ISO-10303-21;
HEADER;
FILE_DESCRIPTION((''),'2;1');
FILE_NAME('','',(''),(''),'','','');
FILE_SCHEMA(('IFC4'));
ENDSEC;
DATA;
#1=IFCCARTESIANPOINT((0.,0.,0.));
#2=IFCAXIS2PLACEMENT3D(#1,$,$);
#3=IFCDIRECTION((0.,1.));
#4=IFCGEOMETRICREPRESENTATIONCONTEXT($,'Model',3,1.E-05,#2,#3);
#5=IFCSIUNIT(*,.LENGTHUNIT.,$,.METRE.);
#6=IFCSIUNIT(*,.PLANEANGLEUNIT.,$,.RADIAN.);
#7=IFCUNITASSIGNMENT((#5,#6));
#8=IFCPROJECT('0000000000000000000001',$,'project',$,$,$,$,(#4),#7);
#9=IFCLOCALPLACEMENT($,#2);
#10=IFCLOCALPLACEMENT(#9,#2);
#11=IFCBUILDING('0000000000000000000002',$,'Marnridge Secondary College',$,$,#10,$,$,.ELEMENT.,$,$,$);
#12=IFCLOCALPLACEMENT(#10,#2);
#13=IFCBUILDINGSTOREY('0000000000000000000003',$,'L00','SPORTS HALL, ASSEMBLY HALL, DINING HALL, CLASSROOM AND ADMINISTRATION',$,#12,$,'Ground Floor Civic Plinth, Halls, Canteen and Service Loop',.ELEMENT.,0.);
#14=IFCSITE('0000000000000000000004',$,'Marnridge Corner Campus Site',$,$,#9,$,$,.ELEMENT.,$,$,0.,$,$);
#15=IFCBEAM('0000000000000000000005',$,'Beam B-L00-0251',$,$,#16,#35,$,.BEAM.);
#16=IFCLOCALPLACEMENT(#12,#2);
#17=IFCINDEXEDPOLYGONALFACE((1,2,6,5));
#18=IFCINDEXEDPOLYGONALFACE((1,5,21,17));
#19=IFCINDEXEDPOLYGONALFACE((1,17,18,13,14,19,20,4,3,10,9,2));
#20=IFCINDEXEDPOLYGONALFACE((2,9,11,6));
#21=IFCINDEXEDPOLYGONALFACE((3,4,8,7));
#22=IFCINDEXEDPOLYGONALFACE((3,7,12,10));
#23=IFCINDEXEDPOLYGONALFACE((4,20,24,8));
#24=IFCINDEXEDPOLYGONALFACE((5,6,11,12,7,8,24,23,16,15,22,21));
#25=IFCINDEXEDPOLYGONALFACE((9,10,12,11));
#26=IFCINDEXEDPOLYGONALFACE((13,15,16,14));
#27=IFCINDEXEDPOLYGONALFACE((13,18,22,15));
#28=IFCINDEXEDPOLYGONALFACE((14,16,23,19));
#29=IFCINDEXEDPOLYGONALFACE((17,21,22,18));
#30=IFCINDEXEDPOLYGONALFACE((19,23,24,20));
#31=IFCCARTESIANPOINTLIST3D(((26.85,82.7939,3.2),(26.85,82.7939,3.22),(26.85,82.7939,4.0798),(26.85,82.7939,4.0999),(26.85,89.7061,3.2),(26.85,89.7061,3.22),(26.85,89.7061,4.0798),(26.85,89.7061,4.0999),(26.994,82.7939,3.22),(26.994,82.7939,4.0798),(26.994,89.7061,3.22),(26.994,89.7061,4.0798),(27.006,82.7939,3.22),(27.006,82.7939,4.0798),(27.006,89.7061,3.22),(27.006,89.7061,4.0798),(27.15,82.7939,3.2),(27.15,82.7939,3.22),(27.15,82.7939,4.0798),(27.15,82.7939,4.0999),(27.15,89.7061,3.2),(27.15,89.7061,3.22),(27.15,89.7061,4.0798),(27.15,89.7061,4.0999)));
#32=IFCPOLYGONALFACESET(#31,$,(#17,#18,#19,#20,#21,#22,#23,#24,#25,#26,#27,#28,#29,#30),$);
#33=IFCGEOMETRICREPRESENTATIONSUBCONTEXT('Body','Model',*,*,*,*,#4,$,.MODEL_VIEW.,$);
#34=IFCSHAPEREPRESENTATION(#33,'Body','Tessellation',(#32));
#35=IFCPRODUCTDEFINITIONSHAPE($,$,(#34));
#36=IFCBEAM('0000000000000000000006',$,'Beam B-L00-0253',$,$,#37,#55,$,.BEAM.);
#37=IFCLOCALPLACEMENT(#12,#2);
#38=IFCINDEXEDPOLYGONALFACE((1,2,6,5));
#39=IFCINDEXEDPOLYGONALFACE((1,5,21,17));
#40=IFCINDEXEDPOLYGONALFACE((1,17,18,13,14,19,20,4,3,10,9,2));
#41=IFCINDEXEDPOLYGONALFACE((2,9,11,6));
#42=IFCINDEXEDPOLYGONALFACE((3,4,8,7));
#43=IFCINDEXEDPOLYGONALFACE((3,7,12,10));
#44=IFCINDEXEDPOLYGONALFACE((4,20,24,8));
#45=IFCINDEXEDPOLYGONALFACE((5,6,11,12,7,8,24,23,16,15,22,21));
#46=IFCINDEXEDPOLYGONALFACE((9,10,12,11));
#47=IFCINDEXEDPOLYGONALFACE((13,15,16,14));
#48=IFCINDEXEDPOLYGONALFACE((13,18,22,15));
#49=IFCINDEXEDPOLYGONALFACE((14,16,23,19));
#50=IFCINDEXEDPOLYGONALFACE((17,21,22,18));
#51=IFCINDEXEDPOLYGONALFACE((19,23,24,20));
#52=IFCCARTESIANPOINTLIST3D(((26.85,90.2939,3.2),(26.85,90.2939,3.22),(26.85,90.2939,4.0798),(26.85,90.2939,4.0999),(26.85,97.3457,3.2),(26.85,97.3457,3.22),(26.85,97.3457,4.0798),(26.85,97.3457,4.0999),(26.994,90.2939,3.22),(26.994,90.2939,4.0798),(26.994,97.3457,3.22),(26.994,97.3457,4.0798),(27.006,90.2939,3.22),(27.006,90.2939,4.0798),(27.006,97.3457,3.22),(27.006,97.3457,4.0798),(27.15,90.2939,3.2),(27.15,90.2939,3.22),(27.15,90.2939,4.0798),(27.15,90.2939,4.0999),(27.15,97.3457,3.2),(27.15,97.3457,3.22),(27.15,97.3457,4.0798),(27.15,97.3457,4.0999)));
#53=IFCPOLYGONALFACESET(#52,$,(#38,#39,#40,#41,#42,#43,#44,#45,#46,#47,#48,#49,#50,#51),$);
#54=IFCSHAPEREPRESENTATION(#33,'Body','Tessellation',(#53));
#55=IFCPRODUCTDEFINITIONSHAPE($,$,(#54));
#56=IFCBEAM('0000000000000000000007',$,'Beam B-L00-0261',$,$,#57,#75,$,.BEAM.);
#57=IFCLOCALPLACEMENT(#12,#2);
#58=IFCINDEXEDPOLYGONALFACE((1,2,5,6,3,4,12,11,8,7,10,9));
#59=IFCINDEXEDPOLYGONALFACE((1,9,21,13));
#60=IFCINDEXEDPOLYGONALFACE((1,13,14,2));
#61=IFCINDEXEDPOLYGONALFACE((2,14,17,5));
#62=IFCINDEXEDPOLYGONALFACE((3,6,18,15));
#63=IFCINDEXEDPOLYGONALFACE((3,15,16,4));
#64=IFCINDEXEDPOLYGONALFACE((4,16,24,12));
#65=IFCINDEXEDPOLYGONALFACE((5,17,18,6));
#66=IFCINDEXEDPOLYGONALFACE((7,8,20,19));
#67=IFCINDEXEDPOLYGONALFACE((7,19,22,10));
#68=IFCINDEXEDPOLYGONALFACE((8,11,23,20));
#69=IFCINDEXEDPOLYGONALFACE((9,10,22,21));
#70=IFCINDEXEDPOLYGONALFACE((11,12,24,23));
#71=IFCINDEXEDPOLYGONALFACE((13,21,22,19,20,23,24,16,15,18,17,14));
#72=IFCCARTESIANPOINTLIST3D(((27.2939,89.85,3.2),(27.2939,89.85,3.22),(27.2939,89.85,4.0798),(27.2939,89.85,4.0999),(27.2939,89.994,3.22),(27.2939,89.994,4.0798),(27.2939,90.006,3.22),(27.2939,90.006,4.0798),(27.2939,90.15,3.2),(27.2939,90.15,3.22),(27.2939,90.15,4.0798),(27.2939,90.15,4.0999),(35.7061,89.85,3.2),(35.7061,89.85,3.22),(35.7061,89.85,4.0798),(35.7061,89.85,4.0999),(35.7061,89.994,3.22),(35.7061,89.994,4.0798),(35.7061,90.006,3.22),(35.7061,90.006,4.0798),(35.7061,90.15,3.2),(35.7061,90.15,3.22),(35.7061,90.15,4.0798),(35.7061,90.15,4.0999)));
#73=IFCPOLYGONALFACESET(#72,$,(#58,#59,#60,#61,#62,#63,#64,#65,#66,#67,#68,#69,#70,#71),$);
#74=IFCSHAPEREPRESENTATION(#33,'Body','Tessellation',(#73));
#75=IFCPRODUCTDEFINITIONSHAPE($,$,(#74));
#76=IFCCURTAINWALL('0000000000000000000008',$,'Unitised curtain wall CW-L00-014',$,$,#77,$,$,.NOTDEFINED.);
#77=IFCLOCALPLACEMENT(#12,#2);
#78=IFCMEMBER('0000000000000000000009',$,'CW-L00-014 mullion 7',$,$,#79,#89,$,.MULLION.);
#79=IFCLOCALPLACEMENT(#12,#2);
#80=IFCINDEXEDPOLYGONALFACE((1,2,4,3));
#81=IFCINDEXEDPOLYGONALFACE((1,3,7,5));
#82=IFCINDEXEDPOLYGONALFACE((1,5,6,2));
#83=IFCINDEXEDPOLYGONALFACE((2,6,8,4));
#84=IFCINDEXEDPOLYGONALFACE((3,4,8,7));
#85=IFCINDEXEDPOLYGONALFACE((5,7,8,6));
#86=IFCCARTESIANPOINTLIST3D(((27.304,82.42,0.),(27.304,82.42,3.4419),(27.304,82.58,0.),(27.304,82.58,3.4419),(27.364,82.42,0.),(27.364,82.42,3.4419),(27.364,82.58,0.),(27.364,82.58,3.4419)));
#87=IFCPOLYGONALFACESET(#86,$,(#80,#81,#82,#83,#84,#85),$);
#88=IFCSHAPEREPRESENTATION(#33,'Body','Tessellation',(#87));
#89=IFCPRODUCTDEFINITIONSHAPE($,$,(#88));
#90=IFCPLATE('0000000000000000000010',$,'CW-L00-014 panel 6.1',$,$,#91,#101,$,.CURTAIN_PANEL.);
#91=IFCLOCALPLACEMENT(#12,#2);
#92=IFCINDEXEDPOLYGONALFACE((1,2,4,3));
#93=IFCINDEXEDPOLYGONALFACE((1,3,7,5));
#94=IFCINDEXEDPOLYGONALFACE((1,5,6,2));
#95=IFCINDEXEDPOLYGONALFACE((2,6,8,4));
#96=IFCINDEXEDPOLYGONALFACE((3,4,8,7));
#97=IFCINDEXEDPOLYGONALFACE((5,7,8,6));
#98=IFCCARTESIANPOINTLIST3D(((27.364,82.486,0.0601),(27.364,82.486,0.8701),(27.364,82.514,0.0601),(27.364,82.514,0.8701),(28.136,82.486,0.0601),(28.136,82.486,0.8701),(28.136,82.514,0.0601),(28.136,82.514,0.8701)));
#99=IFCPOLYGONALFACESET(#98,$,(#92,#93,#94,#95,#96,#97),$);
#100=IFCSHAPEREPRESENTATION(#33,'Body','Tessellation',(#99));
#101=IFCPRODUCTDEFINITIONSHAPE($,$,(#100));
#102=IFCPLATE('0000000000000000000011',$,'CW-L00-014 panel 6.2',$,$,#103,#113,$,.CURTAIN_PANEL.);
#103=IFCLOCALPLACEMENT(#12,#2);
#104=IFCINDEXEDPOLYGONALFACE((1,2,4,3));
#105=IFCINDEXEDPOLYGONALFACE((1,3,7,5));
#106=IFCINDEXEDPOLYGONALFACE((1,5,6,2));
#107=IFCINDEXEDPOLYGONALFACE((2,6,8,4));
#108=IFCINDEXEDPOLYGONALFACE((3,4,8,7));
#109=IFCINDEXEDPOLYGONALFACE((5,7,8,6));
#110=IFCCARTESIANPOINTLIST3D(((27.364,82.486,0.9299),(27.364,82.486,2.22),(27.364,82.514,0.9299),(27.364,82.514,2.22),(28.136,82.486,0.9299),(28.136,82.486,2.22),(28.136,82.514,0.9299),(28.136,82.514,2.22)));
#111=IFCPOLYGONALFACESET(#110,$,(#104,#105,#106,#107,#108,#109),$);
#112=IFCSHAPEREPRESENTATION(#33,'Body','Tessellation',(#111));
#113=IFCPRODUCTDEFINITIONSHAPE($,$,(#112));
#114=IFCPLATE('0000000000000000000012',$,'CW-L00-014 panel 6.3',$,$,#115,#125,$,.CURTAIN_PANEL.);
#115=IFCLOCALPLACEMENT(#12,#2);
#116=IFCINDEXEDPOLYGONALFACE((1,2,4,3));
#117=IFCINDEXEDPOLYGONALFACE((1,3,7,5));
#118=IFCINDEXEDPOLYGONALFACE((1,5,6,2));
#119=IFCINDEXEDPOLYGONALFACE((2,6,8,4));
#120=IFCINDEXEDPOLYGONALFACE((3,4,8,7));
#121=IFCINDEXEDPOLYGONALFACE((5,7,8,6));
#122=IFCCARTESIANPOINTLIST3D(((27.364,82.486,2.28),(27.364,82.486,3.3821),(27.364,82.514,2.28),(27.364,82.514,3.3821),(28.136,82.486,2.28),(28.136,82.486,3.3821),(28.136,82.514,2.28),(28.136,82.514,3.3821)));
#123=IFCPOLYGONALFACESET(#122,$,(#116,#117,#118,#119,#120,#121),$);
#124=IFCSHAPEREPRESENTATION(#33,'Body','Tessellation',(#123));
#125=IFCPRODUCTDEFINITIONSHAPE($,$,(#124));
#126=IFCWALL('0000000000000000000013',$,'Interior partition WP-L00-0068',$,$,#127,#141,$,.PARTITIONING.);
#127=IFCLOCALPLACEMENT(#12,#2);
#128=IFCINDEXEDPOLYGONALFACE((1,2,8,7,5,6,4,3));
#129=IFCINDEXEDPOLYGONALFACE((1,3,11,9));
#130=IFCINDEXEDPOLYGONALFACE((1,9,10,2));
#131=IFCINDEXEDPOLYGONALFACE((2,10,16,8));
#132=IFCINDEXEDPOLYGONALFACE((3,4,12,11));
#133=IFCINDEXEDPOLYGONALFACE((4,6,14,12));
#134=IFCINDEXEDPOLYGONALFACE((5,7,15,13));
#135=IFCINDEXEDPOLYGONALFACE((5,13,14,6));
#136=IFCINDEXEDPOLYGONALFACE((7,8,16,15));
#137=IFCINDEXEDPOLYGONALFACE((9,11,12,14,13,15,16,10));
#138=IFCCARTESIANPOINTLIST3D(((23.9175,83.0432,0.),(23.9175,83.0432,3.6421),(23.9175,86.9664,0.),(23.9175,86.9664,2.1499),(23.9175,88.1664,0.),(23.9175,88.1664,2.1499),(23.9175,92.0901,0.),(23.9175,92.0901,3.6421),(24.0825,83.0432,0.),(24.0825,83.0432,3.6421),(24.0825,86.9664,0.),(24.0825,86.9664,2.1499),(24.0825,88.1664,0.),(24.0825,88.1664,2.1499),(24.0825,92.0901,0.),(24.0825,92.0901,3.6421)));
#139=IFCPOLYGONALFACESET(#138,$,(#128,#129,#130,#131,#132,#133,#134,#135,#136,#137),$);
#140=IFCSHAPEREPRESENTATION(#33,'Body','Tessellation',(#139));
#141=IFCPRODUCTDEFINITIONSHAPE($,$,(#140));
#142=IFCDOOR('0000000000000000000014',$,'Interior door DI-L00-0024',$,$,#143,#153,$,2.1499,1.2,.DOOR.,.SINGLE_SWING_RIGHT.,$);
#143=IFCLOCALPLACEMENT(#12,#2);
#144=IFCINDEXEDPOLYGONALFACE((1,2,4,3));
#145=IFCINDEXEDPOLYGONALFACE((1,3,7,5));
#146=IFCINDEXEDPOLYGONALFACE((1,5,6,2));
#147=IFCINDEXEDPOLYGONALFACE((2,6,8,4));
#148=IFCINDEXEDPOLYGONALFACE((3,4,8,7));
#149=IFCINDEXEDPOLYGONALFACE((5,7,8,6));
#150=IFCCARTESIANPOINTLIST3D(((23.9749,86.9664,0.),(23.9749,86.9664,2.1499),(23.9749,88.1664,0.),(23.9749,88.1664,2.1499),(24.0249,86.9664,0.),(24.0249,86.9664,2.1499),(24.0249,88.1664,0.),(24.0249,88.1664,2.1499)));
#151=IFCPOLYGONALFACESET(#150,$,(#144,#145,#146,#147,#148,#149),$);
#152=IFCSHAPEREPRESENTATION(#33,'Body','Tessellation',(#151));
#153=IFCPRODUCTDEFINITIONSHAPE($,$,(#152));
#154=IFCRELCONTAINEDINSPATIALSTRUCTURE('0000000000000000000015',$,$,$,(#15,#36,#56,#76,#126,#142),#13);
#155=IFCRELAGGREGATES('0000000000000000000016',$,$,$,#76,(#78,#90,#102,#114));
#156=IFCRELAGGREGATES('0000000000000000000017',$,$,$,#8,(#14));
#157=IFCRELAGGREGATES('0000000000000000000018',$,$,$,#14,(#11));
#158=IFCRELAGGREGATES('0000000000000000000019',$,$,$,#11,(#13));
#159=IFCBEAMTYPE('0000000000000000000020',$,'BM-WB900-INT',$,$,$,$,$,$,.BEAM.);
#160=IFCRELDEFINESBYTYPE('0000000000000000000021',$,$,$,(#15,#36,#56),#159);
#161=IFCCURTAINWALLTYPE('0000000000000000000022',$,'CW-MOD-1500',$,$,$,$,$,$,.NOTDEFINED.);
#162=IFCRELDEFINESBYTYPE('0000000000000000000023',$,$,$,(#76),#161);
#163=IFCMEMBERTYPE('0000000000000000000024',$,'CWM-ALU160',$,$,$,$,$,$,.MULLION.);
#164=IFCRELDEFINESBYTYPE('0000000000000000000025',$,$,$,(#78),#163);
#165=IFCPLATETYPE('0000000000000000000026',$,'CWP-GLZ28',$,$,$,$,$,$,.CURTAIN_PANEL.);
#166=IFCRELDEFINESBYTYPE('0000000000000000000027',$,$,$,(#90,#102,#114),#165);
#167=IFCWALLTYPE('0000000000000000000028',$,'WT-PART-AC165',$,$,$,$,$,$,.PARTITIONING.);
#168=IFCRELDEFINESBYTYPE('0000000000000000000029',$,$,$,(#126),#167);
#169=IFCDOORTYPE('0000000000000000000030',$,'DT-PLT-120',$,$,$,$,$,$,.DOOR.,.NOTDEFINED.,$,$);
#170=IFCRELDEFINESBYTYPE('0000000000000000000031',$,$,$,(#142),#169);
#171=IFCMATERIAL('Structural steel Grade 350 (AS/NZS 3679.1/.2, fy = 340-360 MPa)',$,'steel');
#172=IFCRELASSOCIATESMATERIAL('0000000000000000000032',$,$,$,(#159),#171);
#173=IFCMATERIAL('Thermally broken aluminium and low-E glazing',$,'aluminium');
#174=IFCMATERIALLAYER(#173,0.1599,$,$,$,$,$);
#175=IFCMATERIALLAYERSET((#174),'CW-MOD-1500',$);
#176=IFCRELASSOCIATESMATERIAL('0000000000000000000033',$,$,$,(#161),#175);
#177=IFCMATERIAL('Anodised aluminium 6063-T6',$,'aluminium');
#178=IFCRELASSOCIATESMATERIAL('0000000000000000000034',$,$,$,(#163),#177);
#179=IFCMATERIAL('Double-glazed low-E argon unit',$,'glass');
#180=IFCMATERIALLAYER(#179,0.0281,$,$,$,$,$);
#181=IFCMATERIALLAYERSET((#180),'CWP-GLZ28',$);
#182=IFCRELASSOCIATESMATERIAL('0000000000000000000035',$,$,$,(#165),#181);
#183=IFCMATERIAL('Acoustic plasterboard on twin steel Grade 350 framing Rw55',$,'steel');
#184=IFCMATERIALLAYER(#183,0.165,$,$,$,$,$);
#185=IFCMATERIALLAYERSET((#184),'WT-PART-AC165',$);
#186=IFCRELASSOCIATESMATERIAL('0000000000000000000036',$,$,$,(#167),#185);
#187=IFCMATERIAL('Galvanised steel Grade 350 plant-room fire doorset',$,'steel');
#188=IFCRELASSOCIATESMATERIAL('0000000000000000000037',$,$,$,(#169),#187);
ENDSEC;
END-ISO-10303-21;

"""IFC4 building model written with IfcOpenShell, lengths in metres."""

from ifc_helpers import new_model, si_unit, direction, frame, frame_2d, origin, origin_2d, place, context, subcontext, project, spatial, rectangle, i_section, extrude, material, layer, layer_set, material_profile, profile_set, type_object, element, fill, aggregate, save


model = new_model("IFC4")

# Units and contexts
model_context = context("Model", 3, precision=1e-05, world=origin(), true_north=direction((0.0, 1.0)))
body_context = subcontext(model_context, "Body", "Model", "MODEL_VIEW")
ifc_project = project(units=[si_unit("LENGTHUNIT", "METRE"), si_unit("PLANEANGLEUNIT", "RADIAN")], contexts=[model_context])

# Site, building, storey
site_placement = place(None, origin())
site = spatial("IfcSite", under=ifc_project, at=site_placement, Name="Marnridge Corner Campus Site", CompositionType="ELEMENT", RefElevation=0.0)
building_placement = place(site_placement, origin())
building = spatial("IfcBuilding", under=site, at=building_placement, Name="Marnridge Secondary College", CompositionType="ELEMENT")
storey_placement = place(building_placement, origin())
storey = spatial("IfcBuildingStorey", under=building, at=storey_placement, Name="L00", Description="SPORTS HALL, ASSEMBLY HALL, DINING HALL, CLASSROOM AND ADMINISTRATION", LongName="Ground Floor Civic Plinth, Halls, Canteen and Service Loop", CompositionType="ELEMENT", Elevation=0.0)

# Beams
ifc_material_1 = material(Name="Structural steel Grade 350 (AS/NZS 3679.1/.2, fy = 340-360 MPa)", Category="steel")
ifc_material_profile_1 = material_profile(ifc_material_1, i_section(OverallWidth=0.3, OverallDepth=0.8999, WebThickness=0.012, FlangeThickness=0.02, at=origin_2d()), Name="900WB175")
ifc_profile_set_1 = profile_set([ifc_material_profile_1], Name="Structural steel Grade 350 (AS/NZS 3679.1/.2, fy = 340-360 MPa)")
beam_type_1 = type_object("IfcBeamType", Name="BM-WB900-INT", PredefinedType="BEAM", material=ifc_profile_set_1)
beam_1_placement = place(storey_placement, frame((27.0, 82.7939, 3.6499), z_axis=(0.0, 1.0, 0.0), x_axis=(-1.0, 0.0, 0.0)))
element("IfcBeam", 1, at=beam_1_placement, inside=storey, type_object=beam_type_1, Name="Beam B-L00-0251", PredefinedType="BEAM", context=body_context, shape_type="SweptSolid", body=[
    extrude(i_section(OverallWidth=0.3, OverallDepth=0.8999, WebThickness=0.012, FlangeThickness=0.02, at=origin_2d()), origin(), (0.0, 0.0, 1.0), 6.9121),
])
beam_2_placement = place(storey_placement, frame((27.0, 90.2939, 3.6499), z_axis=(0.0, 1.0, 0.0), x_axis=(-1.0, 0.0, 0.0)))
element("IfcBeam", 2, at=beam_2_placement, inside=storey, type_object=beam_type_1, Name="Beam B-L00-0253", PredefinedType="BEAM", context=body_context, shape_type="SweptSolid", body=[
    extrude(i_section(OverallWidth=0.3, OverallDepth=0.8999, WebThickness=0.012, FlangeThickness=0.02, at=origin_2d()), origin(), (0.0, 0.0, 1.0), 7.0518),
])
beam_3_placement = place(storey_placement, frame((27.2939, 90.0, 3.6499), z_axis=(1.0, 0.0, 0.0), x_axis=(0.0, 1.0, 0.0)))
element("IfcBeam", 3, at=beam_3_placement, inside=storey, type_object=beam_type_1, Name="Beam B-L00-0261", PredefinedType="BEAM", context=body_context, shape_type="SweptSolid", body=[
    extrude(i_section(OverallWidth=0.3, OverallDepth=0.8999, WebThickness=0.012, FlangeThickness=0.02, at=origin_2d()), origin(), (0.0, 0.0, 1.0), 8.4121),
])

# Curtain wall, member, plates
ifc_material_2 = material(Name="Thermally broken aluminium and low-E glazing", Category="aluminium")
ifc_layer_1 = layer(ifc_material_2, 0.1599)
ifc_layer_set_1 = layer_set([ifc_layer_1], Name="CW-MOD-1500")
curtain_wall_type = type_object("IfcCurtainWallType", Name="CW-MOD-1500", PredefinedType="NOTDEFINED", material=ifc_layer_set_1)
curtain_wall_placement = place(storey_placement, origin())
curtain_wall = element("IfcCurtainWall", 4, at=curtain_wall_placement, inside=storey, type_object=curtain_wall_type, Name="Unitised curtain wall CW-L00-014", PredefinedType="NOTDEFINED")
ifc_material_3 = material(Name="Anodised aluminium 6063-T6", Category="aluminium")
ifc_material_profile_2 = material_profile(ifc_material_3, rectangle(XDim=0.0601, YDim=0.1599, at=origin_2d()), Name="ALU 60x160")
ifc_profile_set_2 = profile_set([ifc_material_profile_2], Name="Anodised aluminium 6063-T6")
member_type = type_object("IfcMemberType", Name="CWM-ALU160", PredefinedType="MULLION", material=ifc_profile_set_2)
member_placement = place(storey_placement, frame((27.334, 82.5, 0.0), z_axis=(0.0, 0.0, 1.0), x_axis=(-1.0, 0.0, 0.0)))
member = element("IfcMember", 5, at=member_placement, type_object=member_type, Name="CW-L00-014 mullion 7", PredefinedType="MULLION", context=body_context, shape_type="SweptSolid", body=[
    extrude(rectangle(XDim=0.0601, YDim=0.1599, at=origin_2d()), origin(), (0.0, 0.0, 1.0), 3.4419),
])
ifc_material_4 = material(Name="Double-glazed low-E argon unit", Category="glass")
ifc_layer_2 = layer(ifc_material_4, 0.0281)
ifc_layer_set_2 = layer_set([ifc_layer_2], Name="CWP-GLZ28")
plate_type = type_object("IfcPlateType", Name="CWP-GLZ28", PredefinedType="CURTAIN_PANEL", material=ifc_layer_set_2)
plate_1_placement = place(storey_placement, frame((27.75, 82.5, 0.0601), z_axis=(0.0, 0.0, 1.0), x_axis=(-1.0, 0.0, 0.0)))
plate_1 = element("IfcPlate", 6, at=plate_1_placement, type_object=plate_type, Name="CW-L00-014 panel 6.1", PredefinedType="CURTAIN_PANEL", context=body_context, shape_type="SweptSolid", body=[
    extrude(rectangle(XDim=0.772, YDim=0.0281, at=origin_2d()), origin(), (0.0, 0.0, 1.0), 0.8101),
])
plate_2_placement = place(storey_placement, frame((27.75, 82.5, 0.9299), z_axis=(0.0, 0.0, 1.0), x_axis=(-1.0, 0.0, 0.0)))
plate_2 = element("IfcPlate", 7, at=plate_2_placement, type_object=plate_type, Name="CW-L00-014 panel 6.2", PredefinedType="CURTAIN_PANEL", context=body_context, shape_type="SweptSolid", body=[
    extrude(rectangle(XDim=0.772, YDim=0.0281, at=origin_2d()), origin(), (0.0, 0.0, 1.0), 1.29),
])
plate_3_placement = place(storey_placement, frame((27.75, 82.5, 2.28), z_axis=(0.0, 0.0, 1.0), x_axis=(-1.0, 0.0, 0.0)))
plate_3 = element("IfcPlate", 8, at=plate_3_placement, type_object=plate_type, Name="CW-L00-014 panel 6.3", PredefinedType="CURTAIN_PANEL", context=body_context, shape_type="SweptSolid", body=[
    extrude(rectangle(XDim=0.772, YDim=0.0281, at=origin_2d()), origin(), (0.0, 0.0, 1.0), 1.1021),
])
aggregate(curtain_wall, [member, plate_1, plate_2, plate_3])

# Wall, opening, door
ifc_material_5 = material(Name="Acoustic plasterboard on twin steel Grade 350 framing Rw55", Category="steel")
ifc_layer_3 = layer(ifc_material_5, 0.165)
ifc_layer_set_3 = layer_set([ifc_layer_3], Name="WT-PART-AC165")
wall_type = type_object("IfcWallType", Name="WT-PART-AC165", PredefinedType="PARTITIONING", material=ifc_layer_set_3)
wall_1_placement = place(storey_placement, frame((24.0, 92.0901, 0.0), z_axis=(0.0, 0.0, 1.0), x_axis=(0.0, -1.0, 0.0)))
wall_1 = element("IfcWall", 9, at=wall_1_placement, inside=storey, type_object=wall_type, Name="Interior partition WP-L00-0068", PredefinedType="PARTITIONING", context=body_context, shape_type="SweptSolid", body=[
    extrude(rectangle(XDim=9.0469, YDim=0.165, at=frame_2d((4.5234, 0.0))), origin(), (0.0, 0.0, 1.0), 3.6421),
])
opening_1_placement = place(wall_1_placement, frame((3.9236, 0.0, 0.0)))
opening_1 = element("IfcOpeningElement", 10, at=opening_1_placement, cuts=wall_1, PredefinedType="OPENING", context=body_context, shape_type="SweptSolid", body=[
    extrude(rectangle(XDim=1.2, YDim=2.1499, at=frame_2d((0.6001, 1.075))), frame((0.0, 0.0925, 0.0), z_axis=(0.0, -1.0, 0.0), x_axis=(1.0, 0.0, 0.0)), (0.0, 0.0, 1.0), 0.1851),
])
ifc_material_6 = material(Name="Galvanised steel Grade 350 plant-room fire doorset", Category="steel")
door_type = type_object("IfcDoorType", Name="DT-PLT-120", OperationType="NOTDEFINED", PredefinedType="DOOR", material=ifc_material_6)
door_1_placement = place(opening_1_placement, origin())
door_1 = element("IfcDoor", 11, at=door_1_placement, inside=storey, type_object=door_type, Name="Interior door DI-L00-0024", OperationType="SINGLE_SWING_RIGHT", OverallHeight=2.1499, OverallWidth=1.2, PredefinedType="DOOR", context=body_context, shape_type="SweptSolid", body=[
    extrude(rectangle(XDim=1.2, YDim=2.1499, at=frame_2d((0.6001, 1.075))), frame((0.0, 0.0249, 0.0), z_axis=(0.0, -1.0, 0.0), x_axis=(1.0, 0.0, 0.0)), (0.0, 0.0, 1.0), 0.05),
])
fill(opening_1, door_1)

save(model, "model.ifc")
